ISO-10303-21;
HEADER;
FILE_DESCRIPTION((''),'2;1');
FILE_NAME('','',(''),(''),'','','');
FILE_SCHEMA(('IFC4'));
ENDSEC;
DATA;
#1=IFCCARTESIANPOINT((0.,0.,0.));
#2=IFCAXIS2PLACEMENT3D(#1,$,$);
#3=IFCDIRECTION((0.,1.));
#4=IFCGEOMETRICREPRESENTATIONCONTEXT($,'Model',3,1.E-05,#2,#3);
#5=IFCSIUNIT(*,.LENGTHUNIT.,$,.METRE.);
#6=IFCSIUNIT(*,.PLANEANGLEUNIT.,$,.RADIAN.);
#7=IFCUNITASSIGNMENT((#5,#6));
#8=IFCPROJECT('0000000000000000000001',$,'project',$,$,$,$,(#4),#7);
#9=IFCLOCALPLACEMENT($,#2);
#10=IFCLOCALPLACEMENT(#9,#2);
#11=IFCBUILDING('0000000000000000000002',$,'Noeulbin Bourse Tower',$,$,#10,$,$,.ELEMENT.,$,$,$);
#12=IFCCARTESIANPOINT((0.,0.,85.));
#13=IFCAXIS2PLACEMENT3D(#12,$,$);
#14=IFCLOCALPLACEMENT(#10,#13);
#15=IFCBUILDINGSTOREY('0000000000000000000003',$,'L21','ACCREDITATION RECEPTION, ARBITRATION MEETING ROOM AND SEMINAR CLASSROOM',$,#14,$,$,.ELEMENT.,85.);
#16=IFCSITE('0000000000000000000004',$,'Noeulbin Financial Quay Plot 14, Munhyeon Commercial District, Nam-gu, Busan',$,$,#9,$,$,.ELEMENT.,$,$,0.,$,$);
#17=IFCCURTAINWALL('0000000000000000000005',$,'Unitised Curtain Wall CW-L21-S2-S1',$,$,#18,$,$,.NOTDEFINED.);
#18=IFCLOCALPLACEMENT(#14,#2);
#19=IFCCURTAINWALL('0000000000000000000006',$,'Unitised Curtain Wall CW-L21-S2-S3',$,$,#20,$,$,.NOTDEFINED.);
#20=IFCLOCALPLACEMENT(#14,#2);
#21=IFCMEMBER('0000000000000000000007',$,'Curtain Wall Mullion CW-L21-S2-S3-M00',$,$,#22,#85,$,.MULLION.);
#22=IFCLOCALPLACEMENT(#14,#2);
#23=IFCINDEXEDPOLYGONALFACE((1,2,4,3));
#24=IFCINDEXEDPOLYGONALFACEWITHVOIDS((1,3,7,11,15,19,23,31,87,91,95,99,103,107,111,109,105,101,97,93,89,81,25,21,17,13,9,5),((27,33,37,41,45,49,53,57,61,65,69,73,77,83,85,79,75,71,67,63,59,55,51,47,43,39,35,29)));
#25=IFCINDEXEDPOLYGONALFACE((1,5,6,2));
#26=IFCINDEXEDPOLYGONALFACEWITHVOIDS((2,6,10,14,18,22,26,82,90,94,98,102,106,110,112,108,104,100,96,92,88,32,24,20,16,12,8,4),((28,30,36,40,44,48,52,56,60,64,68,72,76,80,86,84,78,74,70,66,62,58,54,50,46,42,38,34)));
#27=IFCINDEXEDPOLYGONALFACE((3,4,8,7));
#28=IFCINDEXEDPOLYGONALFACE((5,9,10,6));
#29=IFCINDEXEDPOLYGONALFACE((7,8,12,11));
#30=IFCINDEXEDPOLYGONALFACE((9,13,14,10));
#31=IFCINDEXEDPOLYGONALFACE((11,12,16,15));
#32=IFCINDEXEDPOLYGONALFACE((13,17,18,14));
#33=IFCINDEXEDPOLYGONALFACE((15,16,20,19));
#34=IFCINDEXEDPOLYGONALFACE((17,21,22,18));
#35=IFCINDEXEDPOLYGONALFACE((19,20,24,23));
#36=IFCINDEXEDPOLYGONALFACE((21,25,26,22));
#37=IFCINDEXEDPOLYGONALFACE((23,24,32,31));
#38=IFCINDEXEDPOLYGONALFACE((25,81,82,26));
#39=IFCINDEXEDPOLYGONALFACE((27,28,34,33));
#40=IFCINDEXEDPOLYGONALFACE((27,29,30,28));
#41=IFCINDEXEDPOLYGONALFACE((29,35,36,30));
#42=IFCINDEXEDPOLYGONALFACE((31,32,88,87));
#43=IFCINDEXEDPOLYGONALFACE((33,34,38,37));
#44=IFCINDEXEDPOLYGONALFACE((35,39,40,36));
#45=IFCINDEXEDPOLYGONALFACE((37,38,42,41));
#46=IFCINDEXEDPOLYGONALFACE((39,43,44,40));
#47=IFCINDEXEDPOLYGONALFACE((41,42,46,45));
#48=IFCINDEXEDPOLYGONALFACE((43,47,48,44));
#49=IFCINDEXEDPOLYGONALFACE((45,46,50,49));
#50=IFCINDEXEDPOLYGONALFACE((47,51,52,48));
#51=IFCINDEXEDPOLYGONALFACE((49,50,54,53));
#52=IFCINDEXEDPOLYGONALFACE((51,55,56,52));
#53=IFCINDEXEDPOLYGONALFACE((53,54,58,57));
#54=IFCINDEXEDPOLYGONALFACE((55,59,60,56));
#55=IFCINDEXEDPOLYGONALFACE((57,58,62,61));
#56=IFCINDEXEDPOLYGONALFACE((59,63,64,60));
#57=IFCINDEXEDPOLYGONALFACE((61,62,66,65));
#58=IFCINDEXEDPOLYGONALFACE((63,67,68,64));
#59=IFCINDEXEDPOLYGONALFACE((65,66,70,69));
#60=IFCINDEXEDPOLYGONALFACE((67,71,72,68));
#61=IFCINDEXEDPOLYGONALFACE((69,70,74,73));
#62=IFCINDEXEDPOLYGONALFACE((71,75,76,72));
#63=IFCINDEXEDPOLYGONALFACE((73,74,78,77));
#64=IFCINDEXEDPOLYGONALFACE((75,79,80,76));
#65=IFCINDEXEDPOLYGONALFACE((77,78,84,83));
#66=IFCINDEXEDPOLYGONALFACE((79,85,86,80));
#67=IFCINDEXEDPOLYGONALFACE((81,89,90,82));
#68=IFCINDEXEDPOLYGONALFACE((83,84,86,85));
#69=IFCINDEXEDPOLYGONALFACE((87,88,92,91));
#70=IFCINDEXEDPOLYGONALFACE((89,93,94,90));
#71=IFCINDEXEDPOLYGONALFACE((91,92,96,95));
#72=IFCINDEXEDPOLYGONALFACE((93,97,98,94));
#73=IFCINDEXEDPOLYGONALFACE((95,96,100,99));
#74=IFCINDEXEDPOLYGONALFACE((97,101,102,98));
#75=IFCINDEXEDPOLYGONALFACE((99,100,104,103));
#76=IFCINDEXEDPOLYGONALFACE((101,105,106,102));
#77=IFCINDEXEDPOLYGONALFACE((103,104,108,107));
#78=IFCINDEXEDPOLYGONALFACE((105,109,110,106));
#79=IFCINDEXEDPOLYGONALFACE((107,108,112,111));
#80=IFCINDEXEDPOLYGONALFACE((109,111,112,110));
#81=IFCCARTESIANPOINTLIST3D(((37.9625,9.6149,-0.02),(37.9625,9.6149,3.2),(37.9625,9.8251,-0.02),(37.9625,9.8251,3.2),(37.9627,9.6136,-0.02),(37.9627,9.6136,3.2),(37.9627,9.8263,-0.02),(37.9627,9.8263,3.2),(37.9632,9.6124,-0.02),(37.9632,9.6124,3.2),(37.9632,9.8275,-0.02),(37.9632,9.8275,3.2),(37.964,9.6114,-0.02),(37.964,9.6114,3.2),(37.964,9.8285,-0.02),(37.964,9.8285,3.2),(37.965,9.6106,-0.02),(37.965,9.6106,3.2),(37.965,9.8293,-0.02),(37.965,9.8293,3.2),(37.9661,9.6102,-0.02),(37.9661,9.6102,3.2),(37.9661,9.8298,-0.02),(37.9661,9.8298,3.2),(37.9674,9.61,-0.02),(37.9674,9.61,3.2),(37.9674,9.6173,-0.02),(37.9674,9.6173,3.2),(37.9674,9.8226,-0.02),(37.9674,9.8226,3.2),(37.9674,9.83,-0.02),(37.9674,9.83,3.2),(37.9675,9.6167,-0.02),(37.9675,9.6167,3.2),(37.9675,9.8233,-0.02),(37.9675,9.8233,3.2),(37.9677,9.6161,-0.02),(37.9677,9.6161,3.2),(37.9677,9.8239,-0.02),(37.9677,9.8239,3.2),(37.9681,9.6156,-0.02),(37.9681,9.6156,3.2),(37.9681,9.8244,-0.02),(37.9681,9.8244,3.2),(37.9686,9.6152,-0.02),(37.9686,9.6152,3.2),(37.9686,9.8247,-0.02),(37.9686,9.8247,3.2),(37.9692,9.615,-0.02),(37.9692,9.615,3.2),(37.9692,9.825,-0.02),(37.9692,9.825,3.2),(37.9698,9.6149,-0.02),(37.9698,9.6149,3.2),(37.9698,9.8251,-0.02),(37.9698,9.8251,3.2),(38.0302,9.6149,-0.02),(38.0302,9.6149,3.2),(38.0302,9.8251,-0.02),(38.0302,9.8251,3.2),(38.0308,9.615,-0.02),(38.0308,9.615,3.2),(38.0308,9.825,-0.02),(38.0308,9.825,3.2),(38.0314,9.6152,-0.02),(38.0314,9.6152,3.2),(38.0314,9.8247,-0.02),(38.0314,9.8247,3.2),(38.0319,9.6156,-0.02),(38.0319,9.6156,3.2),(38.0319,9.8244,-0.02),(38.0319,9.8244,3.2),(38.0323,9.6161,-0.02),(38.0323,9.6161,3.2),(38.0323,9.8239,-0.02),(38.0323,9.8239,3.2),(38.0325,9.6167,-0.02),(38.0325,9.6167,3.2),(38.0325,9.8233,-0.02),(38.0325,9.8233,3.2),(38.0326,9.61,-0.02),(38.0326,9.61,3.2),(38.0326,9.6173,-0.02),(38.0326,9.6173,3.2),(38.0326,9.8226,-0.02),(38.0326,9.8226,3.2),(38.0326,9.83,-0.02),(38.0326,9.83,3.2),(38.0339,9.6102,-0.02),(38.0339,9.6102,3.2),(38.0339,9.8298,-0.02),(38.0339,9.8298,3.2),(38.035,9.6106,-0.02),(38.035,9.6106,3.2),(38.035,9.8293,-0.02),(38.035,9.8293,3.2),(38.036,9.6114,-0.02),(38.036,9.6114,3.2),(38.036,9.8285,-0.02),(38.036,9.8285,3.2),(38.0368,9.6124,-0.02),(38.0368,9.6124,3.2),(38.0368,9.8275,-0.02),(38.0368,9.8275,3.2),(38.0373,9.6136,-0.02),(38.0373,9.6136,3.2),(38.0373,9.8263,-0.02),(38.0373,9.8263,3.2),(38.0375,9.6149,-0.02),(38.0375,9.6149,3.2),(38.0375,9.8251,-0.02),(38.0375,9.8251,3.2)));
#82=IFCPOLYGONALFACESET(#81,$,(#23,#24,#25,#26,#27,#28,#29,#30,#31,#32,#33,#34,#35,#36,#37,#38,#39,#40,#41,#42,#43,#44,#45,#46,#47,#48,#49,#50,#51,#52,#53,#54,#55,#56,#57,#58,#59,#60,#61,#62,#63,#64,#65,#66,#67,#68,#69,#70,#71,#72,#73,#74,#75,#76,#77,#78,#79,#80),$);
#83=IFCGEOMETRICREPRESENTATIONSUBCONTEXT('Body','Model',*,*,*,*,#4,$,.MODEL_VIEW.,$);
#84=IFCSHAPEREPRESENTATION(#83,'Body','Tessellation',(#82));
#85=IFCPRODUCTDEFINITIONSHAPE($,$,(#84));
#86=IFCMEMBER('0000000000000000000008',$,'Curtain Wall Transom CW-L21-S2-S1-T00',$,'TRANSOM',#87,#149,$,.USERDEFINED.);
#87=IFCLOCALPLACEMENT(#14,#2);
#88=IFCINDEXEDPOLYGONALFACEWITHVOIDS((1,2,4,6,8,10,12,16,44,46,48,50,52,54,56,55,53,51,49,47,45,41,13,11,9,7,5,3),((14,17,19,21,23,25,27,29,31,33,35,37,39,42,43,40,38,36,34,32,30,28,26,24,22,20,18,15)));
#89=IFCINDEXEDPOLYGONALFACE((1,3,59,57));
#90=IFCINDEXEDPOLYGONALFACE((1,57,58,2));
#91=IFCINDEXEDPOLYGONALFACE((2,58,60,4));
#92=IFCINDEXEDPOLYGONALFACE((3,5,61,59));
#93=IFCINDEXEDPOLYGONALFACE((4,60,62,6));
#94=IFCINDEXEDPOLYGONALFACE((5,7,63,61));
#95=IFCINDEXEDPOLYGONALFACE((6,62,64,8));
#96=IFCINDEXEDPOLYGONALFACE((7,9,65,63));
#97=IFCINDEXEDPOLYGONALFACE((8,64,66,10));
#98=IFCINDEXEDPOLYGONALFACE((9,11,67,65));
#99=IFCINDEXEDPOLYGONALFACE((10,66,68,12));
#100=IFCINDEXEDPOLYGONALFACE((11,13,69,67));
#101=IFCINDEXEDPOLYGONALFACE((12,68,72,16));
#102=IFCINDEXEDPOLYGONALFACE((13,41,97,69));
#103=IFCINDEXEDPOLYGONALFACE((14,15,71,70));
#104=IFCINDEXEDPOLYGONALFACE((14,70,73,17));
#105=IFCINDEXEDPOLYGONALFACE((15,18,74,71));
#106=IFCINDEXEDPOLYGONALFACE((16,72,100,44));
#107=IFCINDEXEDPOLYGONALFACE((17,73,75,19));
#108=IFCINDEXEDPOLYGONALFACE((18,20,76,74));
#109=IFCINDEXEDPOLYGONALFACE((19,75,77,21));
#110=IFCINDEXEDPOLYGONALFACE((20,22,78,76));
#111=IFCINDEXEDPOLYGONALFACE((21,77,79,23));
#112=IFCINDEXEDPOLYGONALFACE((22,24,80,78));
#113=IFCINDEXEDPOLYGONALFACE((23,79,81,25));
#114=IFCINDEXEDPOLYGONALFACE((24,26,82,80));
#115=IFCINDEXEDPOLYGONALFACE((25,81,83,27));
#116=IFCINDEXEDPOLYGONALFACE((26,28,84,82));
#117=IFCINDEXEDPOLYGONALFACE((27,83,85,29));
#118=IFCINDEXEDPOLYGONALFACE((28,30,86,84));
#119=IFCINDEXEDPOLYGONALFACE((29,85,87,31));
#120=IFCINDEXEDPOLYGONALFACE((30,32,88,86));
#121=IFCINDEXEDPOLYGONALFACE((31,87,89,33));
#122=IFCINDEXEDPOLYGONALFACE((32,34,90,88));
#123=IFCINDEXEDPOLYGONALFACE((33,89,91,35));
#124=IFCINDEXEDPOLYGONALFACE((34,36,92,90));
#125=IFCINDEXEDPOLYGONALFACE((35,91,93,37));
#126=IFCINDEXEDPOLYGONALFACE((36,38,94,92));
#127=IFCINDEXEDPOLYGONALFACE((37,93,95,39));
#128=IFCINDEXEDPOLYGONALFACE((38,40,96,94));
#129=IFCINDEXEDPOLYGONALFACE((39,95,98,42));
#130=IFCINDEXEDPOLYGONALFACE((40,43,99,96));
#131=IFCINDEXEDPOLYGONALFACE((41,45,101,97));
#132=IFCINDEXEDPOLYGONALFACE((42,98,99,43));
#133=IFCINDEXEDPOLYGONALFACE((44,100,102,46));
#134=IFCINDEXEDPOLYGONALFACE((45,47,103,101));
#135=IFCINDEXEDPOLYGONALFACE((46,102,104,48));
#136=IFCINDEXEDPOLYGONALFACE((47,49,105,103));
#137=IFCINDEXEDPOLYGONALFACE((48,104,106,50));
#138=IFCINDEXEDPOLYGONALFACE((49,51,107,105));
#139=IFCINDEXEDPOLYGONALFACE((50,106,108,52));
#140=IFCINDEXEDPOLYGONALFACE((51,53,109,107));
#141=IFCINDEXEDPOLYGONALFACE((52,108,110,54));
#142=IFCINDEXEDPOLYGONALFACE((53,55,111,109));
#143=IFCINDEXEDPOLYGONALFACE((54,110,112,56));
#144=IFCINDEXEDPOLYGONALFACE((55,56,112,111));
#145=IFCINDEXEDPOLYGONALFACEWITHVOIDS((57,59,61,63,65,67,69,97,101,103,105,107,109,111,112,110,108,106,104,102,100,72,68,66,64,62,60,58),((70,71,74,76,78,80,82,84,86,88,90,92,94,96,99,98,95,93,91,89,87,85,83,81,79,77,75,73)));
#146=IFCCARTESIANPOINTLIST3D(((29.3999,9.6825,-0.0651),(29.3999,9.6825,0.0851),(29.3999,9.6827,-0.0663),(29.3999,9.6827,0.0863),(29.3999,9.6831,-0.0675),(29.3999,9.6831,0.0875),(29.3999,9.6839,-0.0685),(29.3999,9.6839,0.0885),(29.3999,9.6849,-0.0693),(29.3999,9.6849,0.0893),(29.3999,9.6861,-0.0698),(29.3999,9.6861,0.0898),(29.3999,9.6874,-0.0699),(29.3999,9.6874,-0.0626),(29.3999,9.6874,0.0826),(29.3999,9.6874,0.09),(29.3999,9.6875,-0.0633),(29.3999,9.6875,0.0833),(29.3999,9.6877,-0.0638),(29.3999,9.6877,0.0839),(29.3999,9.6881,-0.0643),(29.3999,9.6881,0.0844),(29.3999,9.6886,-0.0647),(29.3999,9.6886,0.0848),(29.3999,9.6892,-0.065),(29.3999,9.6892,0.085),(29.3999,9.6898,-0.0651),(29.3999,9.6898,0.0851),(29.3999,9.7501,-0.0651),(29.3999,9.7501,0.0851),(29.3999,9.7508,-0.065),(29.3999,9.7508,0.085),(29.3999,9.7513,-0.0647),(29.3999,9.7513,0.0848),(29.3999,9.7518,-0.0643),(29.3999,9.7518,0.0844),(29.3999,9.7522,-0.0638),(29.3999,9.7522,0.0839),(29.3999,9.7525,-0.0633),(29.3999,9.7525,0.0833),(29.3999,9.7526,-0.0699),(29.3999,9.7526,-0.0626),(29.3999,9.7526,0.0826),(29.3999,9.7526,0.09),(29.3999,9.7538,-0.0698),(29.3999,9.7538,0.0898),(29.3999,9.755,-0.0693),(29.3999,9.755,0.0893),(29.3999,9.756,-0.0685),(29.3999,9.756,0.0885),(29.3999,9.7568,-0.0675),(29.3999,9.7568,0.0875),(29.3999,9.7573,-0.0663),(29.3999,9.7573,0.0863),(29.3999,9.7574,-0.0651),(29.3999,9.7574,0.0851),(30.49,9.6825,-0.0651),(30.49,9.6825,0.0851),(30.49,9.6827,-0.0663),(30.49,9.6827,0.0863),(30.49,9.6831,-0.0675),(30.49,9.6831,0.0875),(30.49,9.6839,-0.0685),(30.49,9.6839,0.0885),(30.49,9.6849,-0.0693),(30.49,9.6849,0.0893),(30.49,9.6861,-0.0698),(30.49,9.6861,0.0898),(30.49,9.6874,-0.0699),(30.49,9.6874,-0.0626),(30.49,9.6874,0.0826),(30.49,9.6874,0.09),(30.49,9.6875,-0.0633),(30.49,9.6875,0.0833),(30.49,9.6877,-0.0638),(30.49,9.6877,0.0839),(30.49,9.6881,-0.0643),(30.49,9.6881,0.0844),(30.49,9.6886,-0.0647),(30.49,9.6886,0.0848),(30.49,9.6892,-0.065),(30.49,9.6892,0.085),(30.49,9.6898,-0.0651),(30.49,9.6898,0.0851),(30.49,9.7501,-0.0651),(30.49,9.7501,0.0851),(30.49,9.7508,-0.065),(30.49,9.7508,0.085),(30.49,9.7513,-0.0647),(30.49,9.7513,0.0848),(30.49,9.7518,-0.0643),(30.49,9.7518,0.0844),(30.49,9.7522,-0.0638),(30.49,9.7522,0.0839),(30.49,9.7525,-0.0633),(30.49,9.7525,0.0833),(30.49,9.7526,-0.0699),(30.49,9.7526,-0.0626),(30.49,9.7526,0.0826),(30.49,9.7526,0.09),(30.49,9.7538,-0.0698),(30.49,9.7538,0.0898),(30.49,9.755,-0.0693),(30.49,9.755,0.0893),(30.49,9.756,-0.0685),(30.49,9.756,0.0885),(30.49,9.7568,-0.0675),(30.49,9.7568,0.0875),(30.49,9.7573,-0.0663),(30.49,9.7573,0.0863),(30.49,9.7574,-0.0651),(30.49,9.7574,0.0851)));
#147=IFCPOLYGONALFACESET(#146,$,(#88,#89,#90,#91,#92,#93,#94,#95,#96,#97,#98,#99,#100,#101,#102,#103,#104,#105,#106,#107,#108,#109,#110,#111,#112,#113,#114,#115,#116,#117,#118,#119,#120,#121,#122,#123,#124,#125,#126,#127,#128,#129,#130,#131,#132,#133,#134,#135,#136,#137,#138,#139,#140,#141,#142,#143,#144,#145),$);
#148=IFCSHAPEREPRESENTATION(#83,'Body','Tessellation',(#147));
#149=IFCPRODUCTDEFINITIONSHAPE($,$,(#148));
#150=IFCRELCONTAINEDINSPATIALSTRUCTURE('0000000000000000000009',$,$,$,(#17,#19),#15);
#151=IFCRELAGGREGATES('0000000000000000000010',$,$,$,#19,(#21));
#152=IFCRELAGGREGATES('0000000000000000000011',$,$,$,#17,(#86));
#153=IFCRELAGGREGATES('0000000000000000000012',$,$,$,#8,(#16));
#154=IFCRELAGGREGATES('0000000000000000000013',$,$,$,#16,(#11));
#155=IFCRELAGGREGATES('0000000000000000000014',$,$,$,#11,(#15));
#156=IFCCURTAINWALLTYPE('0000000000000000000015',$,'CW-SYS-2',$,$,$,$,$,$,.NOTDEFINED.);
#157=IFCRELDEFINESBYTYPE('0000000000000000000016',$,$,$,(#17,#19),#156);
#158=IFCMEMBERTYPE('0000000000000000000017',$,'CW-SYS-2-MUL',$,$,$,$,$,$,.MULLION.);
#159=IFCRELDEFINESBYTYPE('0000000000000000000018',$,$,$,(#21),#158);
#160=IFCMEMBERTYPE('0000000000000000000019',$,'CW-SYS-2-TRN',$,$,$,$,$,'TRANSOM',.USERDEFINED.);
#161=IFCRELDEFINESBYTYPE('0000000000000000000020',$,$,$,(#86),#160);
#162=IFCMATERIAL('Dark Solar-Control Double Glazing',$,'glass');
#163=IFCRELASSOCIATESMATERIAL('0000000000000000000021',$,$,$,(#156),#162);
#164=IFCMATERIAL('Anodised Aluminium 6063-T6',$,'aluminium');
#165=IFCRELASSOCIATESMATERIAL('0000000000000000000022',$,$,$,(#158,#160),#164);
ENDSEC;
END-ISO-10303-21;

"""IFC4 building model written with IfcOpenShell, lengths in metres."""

from ifc_helpers import new_model, si_unit, direction, frame, origin, origin_2d, place, context, subcontext, project, spatial, hollow_rectangle, extrude, material, material_profile, profile_set, type_object, element, aggregate, save


model = new_model("IFC4")

# Units and contexts
model_context = context("Model", 3, precision=1e-05, world=origin(), true_north=direction((0.0, 1.0)))
body_context = subcontext(model_context, "Body", "Model", "MODEL_VIEW")
ifc_project = project(units=[si_unit("LENGTHUNIT", "METRE"), si_unit("PLANEANGLEUNIT", "RADIAN")], contexts=[model_context])

# Site, building, storey
site_placement = place(None, origin())
site = spatial("IfcSite", under=ifc_project, at=site_placement, Name="Noeulbin Financial Quay Plot 14, Munhyeon Commercial District, Nam-gu, Busan", CompositionType="ELEMENT", RefElevation=0.0)
building_placement = place(site_placement, origin())
building = spatial("IfcBuilding", under=site, at=building_placement, Name="Noeulbin Bourse Tower", CompositionType="ELEMENT")
storey_placement = place(building_placement, frame((0.0, 0.0, 85.0)))
storey = spatial("IfcBuildingStorey", under=building, at=storey_placement, Name="L21", Description="ACCREDITATION RECEPTION, ARBITRATION MEETING ROOM AND SEMINAR CLASSROOM", CompositionType="ELEMENT", Elevation=85.0)

# Curtain wall
ifc_material_1 = material(Name="Dark Solar-Control Double Glazing", Category="glass")
curtain_wall_type = type_object("IfcCurtainWallType", Name="CW-SYS-2", PredefinedType="NOTDEFINED", material=ifc_material_1)
curtain_wall_1_placement = place(storey_placement, origin())
curtain_wall_1 = element("IfcCurtainWall", 1, at=curtain_wall_1_placement, inside=storey, type_object=curtain_wall_type, Name="Unitised Curtain Wall CW-L21-S2-S1", PredefinedType="NOTDEFINED")
ifc_material_2 = material(Name="Anodised Aluminium 6063-T6", Category="aluminium")
ifc_material_profile_1 = material_profile(ifc_material_2, hollow_rectangle(XDim=0.075, YDim=0.22, WallThickness=0.0049, InnerFilletRadius=0.0024, OuterFilletRadius=0.0049, at=origin_2d()), Name="ALU-MULL-75x220x5", Category="LoadBearing")
ifc_profile_set_1 = profile_set([ifc_material_profile_1], Name="Anodised Aluminium 6063-T6")
member_type_1 = type_object("IfcMemberType", Name="CW-SYS-2-MUL", PredefinedType="MULLION", material=ifc_profile_set_1)

# Curtain wall, member
curtain_wall_2_placement = place(storey_placement, origin())
curtain_wall_2 = element("IfcCurtainWall", 2, at=curtain_wall_2_placement, inside=storey, type_object=curtain_wall_type, Name="Unitised Curtain Wall CW-L21-S2-S3", PredefinedType="NOTDEFINED")
member_1_placement = place(storey_placement, frame((38.0, 9.72, -0.02), z_axis=(0.0, 0.0, 1.0), x_axis=(1.0, 0.0, 0.0)))
member_1 = element("IfcMember", 3, at=member_1_placement, type_object=member_type_1, Name="Curtain Wall Mullion CW-L21-S2-S3-M00", PredefinedType="MULLION", context=body_context, shape_type="SweptSolid", body=[
    extrude(hollow_rectangle(XDim=0.075, YDim=0.22, WallThickness=0.0049, InnerFilletRadius=0.0024, OuterFilletRadius=0.0049, at=origin_2d()), origin(), (0.0, 0.0, 1.0), 3.22),
])

# Member
ifc_material_profile_2 = material_profile(ifc_material_2, hollow_rectangle(XDim=0.075, YDim=0.1599, WallThickness=0.0049, InnerFilletRadius=0.0024, OuterFilletRadius=0.0049, at=origin_2d()), Name="ALU-TRAN-75x160x5", Category="LoadBearing")
ifc_profile_set_2 = profile_set([ifc_material_profile_2], Name="Anodised Aluminium 6063-T6")
member_type_2 = type_object("IfcMemberType", Name="CW-SYS-2-TRN", ElementType="TRANSOM", PredefinedType="USERDEFINED", material=ifc_profile_set_2)
member_2_placement = place(storey_placement, frame((29.3999, 9.72, 0.01), z_axis=(1.0, 0.0, 0.0), x_axis=(0.0, 1.0, 0.0)))
member_2 = element("IfcMember", 4, at=member_2_placement, type_object=member_type_2, Name="Curtain Wall Transom CW-L21-S2-S1-T00", ObjectType="TRANSOM", PredefinedType="USERDEFINED", context=body_context, shape_type="SweptSolid", body=[
    extrude(hollow_rectangle(XDim=0.075, YDim=0.1599, WallThickness=0.0049, InnerFilletRadius=0.0024, OuterFilletRadius=0.0049, at=origin_2d()), origin(), (0.0, 0.0, 1.0), 1.0901),
])
aggregate(curtain_wall_2, [member_1])

aggregate(curtain_wall_1, [member_2])

save(model, "model.ifc")
